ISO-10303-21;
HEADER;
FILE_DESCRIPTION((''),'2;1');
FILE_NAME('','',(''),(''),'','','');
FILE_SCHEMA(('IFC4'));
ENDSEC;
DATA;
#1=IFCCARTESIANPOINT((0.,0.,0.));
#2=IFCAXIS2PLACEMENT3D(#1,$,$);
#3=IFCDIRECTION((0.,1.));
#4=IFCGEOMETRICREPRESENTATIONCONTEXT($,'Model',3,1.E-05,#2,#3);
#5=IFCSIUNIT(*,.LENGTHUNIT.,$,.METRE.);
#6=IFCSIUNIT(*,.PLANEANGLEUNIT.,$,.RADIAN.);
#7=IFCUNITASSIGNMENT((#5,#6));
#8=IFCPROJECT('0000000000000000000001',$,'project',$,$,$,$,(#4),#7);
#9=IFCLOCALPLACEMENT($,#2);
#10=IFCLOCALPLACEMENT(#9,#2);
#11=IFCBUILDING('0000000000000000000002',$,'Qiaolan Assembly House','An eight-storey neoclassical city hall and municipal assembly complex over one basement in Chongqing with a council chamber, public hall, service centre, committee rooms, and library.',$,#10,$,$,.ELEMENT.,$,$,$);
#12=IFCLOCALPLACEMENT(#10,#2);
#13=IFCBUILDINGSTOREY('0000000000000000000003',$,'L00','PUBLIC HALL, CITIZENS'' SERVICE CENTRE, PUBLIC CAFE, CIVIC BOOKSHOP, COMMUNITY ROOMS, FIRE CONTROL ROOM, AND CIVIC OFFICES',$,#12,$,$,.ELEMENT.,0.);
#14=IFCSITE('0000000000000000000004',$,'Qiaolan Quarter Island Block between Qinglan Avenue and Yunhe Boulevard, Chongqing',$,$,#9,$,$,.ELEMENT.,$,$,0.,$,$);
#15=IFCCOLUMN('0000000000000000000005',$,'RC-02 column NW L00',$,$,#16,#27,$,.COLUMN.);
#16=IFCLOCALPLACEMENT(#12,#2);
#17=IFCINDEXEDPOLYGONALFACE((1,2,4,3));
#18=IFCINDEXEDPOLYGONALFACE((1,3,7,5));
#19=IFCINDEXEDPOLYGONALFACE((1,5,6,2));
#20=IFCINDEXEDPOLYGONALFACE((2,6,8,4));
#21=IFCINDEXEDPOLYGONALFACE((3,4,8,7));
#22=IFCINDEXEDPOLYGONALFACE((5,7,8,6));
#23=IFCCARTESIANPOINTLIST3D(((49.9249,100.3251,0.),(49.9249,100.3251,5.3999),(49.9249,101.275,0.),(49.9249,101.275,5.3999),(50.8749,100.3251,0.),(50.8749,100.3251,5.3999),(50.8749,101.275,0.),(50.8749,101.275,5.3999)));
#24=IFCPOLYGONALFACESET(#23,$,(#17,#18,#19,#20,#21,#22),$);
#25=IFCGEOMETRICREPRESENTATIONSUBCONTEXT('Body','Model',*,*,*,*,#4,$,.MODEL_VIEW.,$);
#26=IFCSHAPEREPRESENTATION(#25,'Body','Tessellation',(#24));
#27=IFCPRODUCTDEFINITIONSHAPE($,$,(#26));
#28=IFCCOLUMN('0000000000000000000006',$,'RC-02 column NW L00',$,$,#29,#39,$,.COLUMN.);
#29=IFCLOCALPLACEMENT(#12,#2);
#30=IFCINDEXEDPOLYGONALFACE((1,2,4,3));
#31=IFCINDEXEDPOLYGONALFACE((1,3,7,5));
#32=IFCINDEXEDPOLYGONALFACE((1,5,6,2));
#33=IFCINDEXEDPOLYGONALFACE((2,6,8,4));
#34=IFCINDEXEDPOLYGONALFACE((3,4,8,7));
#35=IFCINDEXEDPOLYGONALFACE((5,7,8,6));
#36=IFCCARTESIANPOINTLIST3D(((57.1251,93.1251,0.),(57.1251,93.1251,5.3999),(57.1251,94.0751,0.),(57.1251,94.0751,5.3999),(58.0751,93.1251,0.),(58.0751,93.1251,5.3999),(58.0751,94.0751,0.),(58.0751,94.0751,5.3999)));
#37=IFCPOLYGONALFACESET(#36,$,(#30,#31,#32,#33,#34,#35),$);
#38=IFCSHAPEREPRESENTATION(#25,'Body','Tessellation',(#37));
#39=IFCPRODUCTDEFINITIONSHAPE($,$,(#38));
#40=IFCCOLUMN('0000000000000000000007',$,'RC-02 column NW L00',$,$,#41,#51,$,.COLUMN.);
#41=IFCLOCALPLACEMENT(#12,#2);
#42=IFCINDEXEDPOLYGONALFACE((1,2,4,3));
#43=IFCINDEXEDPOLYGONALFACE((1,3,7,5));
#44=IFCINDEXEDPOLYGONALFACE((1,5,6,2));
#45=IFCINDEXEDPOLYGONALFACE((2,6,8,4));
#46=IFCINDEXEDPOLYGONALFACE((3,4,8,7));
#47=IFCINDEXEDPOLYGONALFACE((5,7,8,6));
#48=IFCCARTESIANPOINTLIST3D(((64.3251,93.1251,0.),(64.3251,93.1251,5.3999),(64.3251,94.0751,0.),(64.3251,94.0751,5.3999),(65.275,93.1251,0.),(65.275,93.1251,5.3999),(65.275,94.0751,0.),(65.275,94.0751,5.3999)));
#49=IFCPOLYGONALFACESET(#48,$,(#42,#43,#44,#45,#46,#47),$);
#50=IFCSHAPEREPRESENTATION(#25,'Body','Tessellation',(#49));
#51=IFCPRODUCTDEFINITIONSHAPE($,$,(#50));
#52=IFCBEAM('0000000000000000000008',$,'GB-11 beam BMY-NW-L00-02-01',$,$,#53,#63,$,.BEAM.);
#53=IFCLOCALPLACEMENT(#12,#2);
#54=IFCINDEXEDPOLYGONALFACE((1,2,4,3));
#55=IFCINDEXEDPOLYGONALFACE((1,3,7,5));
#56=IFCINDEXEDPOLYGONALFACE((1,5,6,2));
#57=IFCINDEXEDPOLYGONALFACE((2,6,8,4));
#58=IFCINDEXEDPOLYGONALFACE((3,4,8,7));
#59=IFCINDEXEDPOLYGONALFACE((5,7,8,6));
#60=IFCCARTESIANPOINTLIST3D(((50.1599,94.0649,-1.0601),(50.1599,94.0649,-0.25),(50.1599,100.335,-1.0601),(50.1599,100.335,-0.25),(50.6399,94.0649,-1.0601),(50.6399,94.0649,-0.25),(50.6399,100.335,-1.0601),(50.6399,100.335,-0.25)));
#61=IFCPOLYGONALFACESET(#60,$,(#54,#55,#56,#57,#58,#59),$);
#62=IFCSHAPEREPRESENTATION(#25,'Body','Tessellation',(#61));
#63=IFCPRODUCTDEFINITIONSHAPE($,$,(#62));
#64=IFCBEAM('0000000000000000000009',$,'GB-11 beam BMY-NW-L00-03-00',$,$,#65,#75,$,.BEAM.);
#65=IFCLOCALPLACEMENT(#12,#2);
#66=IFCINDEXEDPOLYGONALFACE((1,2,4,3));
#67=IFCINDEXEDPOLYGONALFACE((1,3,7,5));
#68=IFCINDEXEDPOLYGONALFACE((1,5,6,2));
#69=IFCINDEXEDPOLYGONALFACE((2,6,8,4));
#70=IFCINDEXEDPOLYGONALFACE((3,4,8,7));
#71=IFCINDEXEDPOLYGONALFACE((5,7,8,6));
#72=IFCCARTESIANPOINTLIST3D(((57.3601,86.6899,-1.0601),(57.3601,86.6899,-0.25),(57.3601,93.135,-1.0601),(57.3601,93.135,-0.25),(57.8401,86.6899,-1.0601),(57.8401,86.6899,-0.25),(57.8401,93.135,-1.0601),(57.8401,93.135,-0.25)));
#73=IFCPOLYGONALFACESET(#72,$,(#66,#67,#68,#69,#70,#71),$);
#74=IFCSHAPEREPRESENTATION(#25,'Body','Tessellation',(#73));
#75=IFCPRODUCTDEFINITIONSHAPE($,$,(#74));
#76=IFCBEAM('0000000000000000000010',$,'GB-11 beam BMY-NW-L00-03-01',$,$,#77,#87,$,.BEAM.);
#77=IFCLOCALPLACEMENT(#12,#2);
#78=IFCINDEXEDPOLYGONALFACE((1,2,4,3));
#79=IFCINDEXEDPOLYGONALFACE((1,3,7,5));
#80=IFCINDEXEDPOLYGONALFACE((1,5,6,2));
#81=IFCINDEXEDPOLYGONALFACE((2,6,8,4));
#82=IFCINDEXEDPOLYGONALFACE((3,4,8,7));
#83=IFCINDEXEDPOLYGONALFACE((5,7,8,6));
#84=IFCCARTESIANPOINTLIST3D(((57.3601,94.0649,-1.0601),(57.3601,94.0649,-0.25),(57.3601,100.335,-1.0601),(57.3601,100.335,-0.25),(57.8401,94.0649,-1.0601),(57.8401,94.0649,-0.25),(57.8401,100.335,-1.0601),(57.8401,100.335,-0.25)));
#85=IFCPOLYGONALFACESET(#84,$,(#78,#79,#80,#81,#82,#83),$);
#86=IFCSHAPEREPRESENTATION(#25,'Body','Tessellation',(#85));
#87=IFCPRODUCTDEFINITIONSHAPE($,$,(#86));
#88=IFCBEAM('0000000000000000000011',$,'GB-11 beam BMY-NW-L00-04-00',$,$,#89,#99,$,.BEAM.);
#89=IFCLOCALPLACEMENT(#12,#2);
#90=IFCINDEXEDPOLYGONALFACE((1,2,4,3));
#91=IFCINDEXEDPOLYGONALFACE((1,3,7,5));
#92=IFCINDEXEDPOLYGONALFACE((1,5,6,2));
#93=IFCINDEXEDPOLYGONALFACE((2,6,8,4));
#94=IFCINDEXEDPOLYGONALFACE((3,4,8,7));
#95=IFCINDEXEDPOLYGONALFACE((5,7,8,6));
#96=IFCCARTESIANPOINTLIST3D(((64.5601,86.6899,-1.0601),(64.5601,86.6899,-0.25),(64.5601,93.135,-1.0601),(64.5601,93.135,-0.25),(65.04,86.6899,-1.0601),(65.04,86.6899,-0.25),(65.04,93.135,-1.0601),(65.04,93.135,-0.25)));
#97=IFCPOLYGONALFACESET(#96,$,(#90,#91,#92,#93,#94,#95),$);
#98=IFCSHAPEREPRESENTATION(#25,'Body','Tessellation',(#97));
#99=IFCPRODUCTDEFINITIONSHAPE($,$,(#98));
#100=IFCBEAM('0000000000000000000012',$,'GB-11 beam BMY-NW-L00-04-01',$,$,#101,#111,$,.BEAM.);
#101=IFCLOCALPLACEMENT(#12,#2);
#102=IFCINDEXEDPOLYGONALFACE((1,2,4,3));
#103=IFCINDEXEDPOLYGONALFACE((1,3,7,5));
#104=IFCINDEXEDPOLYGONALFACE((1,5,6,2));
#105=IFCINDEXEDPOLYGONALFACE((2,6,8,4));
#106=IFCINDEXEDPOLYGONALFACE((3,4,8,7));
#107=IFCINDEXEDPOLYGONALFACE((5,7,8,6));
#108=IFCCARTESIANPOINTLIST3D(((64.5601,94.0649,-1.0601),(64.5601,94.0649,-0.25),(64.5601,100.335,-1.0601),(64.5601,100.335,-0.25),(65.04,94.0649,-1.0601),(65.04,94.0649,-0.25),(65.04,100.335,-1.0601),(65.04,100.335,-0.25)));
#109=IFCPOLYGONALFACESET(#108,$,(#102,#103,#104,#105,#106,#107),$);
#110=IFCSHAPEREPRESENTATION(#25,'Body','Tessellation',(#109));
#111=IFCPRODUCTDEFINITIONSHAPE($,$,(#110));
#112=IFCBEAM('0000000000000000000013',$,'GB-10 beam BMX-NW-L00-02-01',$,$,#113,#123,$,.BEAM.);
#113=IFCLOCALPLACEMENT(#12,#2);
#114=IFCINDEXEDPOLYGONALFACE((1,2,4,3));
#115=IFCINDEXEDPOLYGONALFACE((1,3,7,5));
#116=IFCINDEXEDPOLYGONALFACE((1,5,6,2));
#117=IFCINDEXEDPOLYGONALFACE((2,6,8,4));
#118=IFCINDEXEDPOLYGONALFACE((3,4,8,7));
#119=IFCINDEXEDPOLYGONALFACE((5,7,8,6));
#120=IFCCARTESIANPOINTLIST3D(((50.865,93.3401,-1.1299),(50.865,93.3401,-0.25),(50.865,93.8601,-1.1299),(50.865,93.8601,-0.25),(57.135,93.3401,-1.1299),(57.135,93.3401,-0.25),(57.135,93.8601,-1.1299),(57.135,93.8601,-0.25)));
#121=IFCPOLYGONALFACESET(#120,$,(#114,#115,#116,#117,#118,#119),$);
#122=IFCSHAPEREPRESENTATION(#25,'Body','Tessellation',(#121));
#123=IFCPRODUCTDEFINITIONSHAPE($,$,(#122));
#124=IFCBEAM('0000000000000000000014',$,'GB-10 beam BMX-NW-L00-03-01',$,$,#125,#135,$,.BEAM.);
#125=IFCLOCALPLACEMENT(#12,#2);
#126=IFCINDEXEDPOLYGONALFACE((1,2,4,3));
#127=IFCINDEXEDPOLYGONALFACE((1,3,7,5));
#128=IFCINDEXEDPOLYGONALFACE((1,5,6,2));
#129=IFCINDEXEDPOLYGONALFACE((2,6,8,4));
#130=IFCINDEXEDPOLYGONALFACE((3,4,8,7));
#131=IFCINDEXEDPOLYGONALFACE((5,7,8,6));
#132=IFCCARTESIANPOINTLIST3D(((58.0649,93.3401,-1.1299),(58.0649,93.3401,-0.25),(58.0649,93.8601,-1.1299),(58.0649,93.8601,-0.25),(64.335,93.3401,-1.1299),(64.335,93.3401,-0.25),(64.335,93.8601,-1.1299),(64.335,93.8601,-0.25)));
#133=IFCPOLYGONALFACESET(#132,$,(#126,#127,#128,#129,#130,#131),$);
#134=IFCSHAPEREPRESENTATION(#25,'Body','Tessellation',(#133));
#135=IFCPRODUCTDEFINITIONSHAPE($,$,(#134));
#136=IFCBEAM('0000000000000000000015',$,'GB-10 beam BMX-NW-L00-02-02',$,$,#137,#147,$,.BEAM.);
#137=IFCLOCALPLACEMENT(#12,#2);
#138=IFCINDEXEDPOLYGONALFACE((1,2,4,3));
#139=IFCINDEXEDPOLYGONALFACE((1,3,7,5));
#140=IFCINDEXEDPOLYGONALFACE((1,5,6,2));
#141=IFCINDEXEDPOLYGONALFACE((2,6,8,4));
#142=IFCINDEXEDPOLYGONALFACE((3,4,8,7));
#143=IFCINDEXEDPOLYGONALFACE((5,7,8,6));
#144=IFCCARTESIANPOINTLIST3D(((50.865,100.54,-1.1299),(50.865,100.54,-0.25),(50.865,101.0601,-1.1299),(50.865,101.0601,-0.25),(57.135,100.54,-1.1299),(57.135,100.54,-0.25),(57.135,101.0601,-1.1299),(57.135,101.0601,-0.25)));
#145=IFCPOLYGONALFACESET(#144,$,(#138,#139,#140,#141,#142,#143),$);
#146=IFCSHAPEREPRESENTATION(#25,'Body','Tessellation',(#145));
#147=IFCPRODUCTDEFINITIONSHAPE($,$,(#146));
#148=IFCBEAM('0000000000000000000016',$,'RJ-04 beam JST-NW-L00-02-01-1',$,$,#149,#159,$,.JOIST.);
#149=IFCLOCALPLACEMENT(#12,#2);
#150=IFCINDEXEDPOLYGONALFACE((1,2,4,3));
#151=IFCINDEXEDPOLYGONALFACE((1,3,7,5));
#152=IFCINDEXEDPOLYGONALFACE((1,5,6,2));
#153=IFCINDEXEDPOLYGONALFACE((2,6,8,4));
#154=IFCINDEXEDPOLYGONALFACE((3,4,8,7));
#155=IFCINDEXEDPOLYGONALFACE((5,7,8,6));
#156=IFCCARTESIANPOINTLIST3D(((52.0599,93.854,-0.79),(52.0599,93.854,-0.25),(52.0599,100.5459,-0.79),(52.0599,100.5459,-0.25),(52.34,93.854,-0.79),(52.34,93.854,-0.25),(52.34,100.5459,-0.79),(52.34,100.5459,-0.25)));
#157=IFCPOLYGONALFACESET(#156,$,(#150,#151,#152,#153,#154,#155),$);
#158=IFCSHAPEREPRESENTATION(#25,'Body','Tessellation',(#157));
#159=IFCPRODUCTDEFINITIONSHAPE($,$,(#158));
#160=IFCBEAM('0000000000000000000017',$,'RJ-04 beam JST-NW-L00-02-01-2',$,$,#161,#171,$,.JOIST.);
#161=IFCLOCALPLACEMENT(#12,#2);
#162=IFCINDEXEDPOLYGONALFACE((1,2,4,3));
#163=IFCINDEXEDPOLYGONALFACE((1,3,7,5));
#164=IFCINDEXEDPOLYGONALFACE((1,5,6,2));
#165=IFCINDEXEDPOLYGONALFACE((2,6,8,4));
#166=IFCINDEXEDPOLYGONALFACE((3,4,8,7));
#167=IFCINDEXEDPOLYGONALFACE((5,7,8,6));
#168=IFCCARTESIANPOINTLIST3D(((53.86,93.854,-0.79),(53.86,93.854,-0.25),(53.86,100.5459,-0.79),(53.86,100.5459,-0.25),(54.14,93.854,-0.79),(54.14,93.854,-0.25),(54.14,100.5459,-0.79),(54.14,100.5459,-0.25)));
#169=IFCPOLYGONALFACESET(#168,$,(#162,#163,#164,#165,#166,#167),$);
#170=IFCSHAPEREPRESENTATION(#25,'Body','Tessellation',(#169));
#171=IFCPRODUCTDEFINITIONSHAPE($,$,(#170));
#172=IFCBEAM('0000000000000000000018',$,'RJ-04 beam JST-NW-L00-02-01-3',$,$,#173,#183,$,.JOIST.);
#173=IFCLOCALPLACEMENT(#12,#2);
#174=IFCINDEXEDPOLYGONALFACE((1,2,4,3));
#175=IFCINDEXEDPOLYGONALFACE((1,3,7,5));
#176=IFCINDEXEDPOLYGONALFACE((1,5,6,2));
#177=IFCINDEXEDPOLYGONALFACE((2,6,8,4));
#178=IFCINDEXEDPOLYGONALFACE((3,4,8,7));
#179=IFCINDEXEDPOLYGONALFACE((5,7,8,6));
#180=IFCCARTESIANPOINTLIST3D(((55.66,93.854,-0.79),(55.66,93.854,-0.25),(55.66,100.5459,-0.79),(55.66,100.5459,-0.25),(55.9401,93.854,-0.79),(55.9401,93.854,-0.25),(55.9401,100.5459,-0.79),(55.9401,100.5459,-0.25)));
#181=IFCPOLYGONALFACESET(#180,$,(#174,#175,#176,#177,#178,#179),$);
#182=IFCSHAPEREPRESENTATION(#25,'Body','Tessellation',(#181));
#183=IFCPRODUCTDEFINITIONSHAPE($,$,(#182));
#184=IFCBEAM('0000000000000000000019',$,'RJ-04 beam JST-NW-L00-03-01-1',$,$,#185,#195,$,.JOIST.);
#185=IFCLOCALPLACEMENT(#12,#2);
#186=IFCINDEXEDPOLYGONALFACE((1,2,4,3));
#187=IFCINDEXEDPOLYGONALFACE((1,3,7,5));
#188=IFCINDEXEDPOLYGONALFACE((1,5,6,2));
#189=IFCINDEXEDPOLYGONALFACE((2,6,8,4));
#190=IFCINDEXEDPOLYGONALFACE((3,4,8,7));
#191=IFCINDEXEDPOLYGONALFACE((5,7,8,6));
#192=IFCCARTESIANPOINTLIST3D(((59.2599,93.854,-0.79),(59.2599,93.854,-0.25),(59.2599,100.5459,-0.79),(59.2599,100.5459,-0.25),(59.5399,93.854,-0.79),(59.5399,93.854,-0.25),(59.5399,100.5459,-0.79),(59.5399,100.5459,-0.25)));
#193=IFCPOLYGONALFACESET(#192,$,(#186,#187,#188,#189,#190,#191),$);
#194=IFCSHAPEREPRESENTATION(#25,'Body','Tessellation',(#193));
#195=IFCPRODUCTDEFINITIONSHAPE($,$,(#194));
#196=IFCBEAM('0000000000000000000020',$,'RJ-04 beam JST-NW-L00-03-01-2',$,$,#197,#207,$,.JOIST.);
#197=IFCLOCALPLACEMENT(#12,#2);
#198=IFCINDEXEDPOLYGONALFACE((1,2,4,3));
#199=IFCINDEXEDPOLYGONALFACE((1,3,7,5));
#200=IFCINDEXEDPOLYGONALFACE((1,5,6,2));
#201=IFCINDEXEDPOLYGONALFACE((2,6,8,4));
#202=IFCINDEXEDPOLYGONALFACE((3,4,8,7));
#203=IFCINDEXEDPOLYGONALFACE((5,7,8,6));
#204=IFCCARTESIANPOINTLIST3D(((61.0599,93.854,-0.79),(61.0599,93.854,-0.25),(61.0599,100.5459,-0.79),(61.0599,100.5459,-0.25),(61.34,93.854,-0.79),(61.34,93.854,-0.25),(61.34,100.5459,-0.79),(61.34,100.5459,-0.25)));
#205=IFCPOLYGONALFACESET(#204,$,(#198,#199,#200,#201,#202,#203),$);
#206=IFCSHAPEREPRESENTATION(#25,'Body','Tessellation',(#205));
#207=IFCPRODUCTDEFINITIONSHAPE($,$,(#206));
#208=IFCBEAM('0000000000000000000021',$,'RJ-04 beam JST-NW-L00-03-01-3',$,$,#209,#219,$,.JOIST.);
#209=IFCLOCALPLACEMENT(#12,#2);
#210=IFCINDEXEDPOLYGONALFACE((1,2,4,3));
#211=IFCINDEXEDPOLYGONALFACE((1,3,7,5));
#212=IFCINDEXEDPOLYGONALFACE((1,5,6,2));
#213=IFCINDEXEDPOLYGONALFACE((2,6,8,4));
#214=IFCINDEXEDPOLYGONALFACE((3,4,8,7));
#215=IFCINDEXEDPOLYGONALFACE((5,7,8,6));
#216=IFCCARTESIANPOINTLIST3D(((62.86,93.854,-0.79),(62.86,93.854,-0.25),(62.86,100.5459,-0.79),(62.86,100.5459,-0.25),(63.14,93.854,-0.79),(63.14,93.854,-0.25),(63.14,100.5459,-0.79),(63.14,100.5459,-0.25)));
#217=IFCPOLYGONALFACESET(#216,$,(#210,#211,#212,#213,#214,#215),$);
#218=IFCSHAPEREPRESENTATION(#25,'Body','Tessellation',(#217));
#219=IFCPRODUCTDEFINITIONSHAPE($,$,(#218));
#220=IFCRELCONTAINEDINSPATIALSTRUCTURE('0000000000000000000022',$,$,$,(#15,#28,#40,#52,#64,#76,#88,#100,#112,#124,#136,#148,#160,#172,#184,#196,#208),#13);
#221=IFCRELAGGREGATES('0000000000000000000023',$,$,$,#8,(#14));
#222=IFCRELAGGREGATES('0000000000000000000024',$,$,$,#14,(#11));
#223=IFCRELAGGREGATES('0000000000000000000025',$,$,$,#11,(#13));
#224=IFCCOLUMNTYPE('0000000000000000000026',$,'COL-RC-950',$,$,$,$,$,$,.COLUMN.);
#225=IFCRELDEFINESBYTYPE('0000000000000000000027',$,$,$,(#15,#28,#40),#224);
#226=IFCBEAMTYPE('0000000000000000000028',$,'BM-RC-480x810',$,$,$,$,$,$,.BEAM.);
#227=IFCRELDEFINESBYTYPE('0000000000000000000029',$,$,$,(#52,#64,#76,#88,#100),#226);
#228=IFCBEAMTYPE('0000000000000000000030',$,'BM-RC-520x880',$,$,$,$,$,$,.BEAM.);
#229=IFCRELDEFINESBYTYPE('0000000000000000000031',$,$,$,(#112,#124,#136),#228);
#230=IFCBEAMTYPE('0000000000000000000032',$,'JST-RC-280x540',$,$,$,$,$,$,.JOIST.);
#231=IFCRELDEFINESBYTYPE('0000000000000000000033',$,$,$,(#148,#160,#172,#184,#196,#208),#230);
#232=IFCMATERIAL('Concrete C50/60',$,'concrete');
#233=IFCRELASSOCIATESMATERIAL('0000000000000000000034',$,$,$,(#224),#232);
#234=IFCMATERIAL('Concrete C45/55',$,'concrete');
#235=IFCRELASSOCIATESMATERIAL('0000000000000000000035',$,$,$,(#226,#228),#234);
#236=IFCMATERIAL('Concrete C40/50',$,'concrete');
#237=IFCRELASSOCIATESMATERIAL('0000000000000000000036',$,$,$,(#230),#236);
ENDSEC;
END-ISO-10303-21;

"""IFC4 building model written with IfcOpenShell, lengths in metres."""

from ifc_helpers import new_model, si_unit, direction, frame, origin, origin_2d, place, context, subcontext, project, spatial, rectangle, extrude, material, material_profile, profile_set, type_object, element, save


model = new_model("IFC4")

# Units and contexts
model_context = context("Model", 3, precision=1e-05, world=origin(), true_north=direction((0.0, 1.0)))
body_context = subcontext(model_context, "Body", "Model", "MODEL_VIEW")
ifc_project = project(units=[si_unit("LENGTHUNIT", "METRE"), si_unit("PLANEANGLEUNIT", "RADIAN")], contexts=[model_context])

# Site, building, storey
site_placement = place(None, origin())
site = spatial("IfcSite", under=ifc_project, at=site_placement, Name="Qiaolan Quarter Island Block between Qinglan Avenue and Yunhe Boulevard, Chongqing", CompositionType="ELEMENT", RefElevation=0.0)
building_placement = place(site_placement, origin())
building = spatial("IfcBuilding", under=site, at=building_placement, Name="Qiaolan Assembly House", Description="An eight-storey neoclassical city hall and municipal assembly complex over one basement in Chongqing with a council chamber, public hall, service centre, committee rooms, and library.", CompositionType="ELEMENT")
storey_placement = place(building_placement, origin())
storey = spatial("IfcBuildingStorey", under=building, at=storey_placement, Name="L00", Description="PUBLIC HALL, CITIZENS' SERVICE CENTRE, PUBLIC CAFE, CIVIC BOOKSHOP, COMMUNITY ROOMS, FIRE CONTROL ROOM, AND CIVIC OFFICES", CompositionType="ELEMENT", Elevation=0.0)

# Columns
ifc_material_1 = material(Name="Concrete C50/60", Category="concrete")
ifc_material_profile_1 = material_profile(ifc_material_1, rectangle(XDim=0.95, YDim=0.95, at=origin_2d()), Name="RC 950x950")
ifc_profile_set_1 = profile_set([ifc_material_profile_1], Name="Concrete C50/60")
column_type = type_object("IfcColumnType", Name="COL-RC-950", PredefinedType="COLUMN", material=ifc_profile_set_1)
for number, where, z_axis, x_axis, name in (
    (1, (50.3999, 100.8, 0.0), (0.0, 0.0, 1.0), (1.0, 0.0, 0.0), "RC-02 column NW L00"),
    (2, (57.6001, 93.6001, 0.0), (0.0, 0.0, 1.0), (1.0, 0.0, 0.0), "RC-02 column NW L00"),
    (3, (64.8, 93.6001, 0.0), (0.0, 0.0, 1.0), (1.0, 0.0, 0.0), "RC-02 column NW L00"),
):
    element("IfcColumn", number, at=place(storey_placement, frame(where, z_axis=z_axis, x_axis=x_axis)), inside=storey, type_object=column_type, Name=name, PredefinedType="COLUMN", context=body_context, shape_type="SweptSolid", body=[
        extrude(rectangle(XDim=0.95, YDim=0.95, at=origin_2d()), origin(), (0.0, 0.0, 1.0), 5.3999),
    ])

# Beams
ifc_material_2 = material(Name="Concrete C45/55", Category="concrete")
ifc_material_profile_2 = material_profile(ifc_material_2, rectangle(XDim=0.48, YDim=0.8101, at=origin_2d()), Name="RCB 480x810")
ifc_profile_set_2 = profile_set([ifc_material_profile_2], Name="Concrete C45/55")
beam_type_1 = type_object("IfcBeamType", Name="BM-RC-480x810", PredefinedType="BEAM", material=ifc_profile_set_2)
beam_1_placement = place(storey_placement, frame((50.3999, 94.0649, -0.655), z_axis=(0.0, 1.0, 0.0), x_axis=(-1.0, 0.0, 0.0)))
element("IfcBeam", 4, at=beam_1_placement, inside=storey, type_object=beam_type_1, Name="GB-11 beam BMY-NW-L00-02-01", PredefinedType="BEAM", context=body_context, shape_type="SweptSolid", body=[
    extrude(rectangle(XDim=0.48, YDim=0.8101, at=origin_2d()), origin(), (0.0, 0.0, 1.0), 6.27),
])
beam_2_placement = place(storey_placement, frame((57.6001, 86.6899, -0.655), z_axis=(0.0, 1.0, 0.0), x_axis=(-1.0, 0.0, 0.0)))
element("IfcBeam", 5, at=beam_2_placement, inside=storey, type_object=beam_type_1, Name="GB-11 beam BMY-NW-L00-03-00", PredefinedType="BEAM", context=body_context, shape_type="SweptSolid", body=[
    extrude(rectangle(XDim=0.48, YDim=0.8101, at=origin_2d()), origin(), (0.0, 0.0, 1.0), 6.4451),
])
beam_3_placement = place(storey_placement, frame((57.6001, 94.0649, -0.655), z_axis=(0.0, 1.0, 0.0), x_axis=(-1.0, 0.0, 0.0)))
element("IfcBeam", 6, at=beam_3_placement, inside=storey, type_object=beam_type_1, Name="GB-11 beam BMY-NW-L00-03-01", PredefinedType="BEAM", context=body_context, shape_type="SweptSolid", body=[
    extrude(rectangle(XDim=0.48, YDim=0.8101, at=origin_2d()), origin(), (0.0, 0.0, 1.0), 6.27),
])
beam_4_placement = place(storey_placement, frame((64.8, 86.6899, -0.655), z_axis=(0.0, 1.0, 0.0), x_axis=(-1.0, 0.0, 0.0)))
element("IfcBeam", 7, at=beam_4_placement, inside=storey, type_object=beam_type_1, Name="GB-11 beam BMY-NW-L00-04-00", PredefinedType="BEAM", context=body_context, shape_type="SweptSolid", body=[
    extrude(rectangle(XDim=0.48, YDim=0.8101, at=origin_2d()), origin(), (0.0, 0.0, 1.0), 6.4451),
])
beam_5_placement = place(storey_placement, frame((64.8, 94.0649, -0.655), z_axis=(0.0, 1.0, 0.0), x_axis=(-1.0, 0.0, 0.0)))
element("IfcBeam", 8, at=beam_5_placement, inside=storey, type_object=beam_type_1, Name="GB-11 beam BMY-NW-L00-04-01", PredefinedType="BEAM", context=body_context, shape_type="SweptSolid", body=[
    extrude(rectangle(XDim=0.48, YDim=0.8101, at=origin_2d()), origin(), (0.0, 0.0, 1.0), 6.27),
])
ifc_material_profile_3 = material_profile(ifc_material_2, rectangle(XDim=0.52, YDim=0.8799, at=origin_2d()), Name="RCB 520x880")
ifc_profile_set_3 = profile_set([ifc_material_profile_3], Name="Concrete C45/55")
beam_type_2 = type_object("IfcBeamType", Name="BM-RC-520x880", PredefinedType="BEAM", material=ifc_profile_set_3)
for number, where, z_axis, x_axis, name in (
    (9, (50.865, 93.6001, -0.6899), (1.0, 0.0, 0.0), (0.0, 1.0, 0.0), "GB-10 beam BMX-NW-L00-02-01"),
    (10, (58.0649, 93.6001, -0.6899), (1.0, 0.0, 0.0), (0.0, 1.0, 0.0), "GB-10 beam BMX-NW-L00-03-01"),
    (11, (50.865, 100.8, -0.6899), (1.0, 0.0, 0.0), (0.0, 1.0, 0.0), "GB-10 beam BMX-NW-L00-02-02"),
):
    element("IfcBeam", number, at=place(storey_placement, frame(where, z_axis=z_axis, x_axis=x_axis)), inside=storey, type_object=beam_type_2, Name=name, PredefinedType="BEAM", context=body_context, shape_type="SweptSolid", body=[
        extrude(rectangle(XDim=0.52, YDim=0.8799, at=origin_2d()), origin(), (0.0, 0.0, 1.0), 6.27),
    ])
ifc_material_3 = material(Name="Concrete C40/50", Category="concrete")
ifc_material_profile_4 = material_profile(ifc_material_3, rectangle(XDim=0.28, YDim=0.54, at=origin_2d()), Name="RCB 280x540")
ifc_profile_set_4 = profile_set([ifc_material_profile_4], Name="Concrete C40/50")
beam_type_3 = type_object("IfcBeamType", Name="JST-RC-280x540", PredefinedType="JOIST", material=ifc_profile_set_4)
for number, where, z_axis, x_axis, name in (
    (12, (52.2, 93.854, -0.52), (0.0, 1.0, 0.0), (-1.0, 0.0, 0.0), "RJ-04 beam JST-NW-L00-02-01-1"),
    (13, (54.0, 93.854, -0.52), (0.0, 1.0, 0.0), (-1.0, 0.0, 0.0), "RJ-04 beam JST-NW-L00-02-01-2"),
    (14, (55.8, 93.854, -0.52), (0.0, 1.0, 0.0), (-1.0, 0.0, 0.0), "RJ-04 beam JST-NW-L00-02-01-3"),
    (15, (59.3999, 93.854, -0.52), (0.0, 1.0, 0.0), (-1.0, 0.0, 0.0), "RJ-04 beam JST-NW-L00-03-01-1"),
    (16, (61.2, 93.854, -0.52), (0.0, 1.0, 0.0), (-1.0, 0.0, 0.0), "RJ-04 beam JST-NW-L00-03-01-2"),
    (17, (63.0, 93.854, -0.52), (0.0, 1.0, 0.0), (-1.0, 0.0, 0.0), "RJ-04 beam JST-NW-L00-03-01-3"),
):
    element("IfcBeam", number, at=place(storey_placement, frame(where, z_axis=z_axis, x_axis=x_axis)), inside=storey, type_object=beam_type_3, Name=name, PredefinedType="JOIST", context=body_context, shape_type="SweptSolid", body=[
        extrude(rectangle(XDim=0.28, YDim=0.54, at=origin_2d()), origin(), (0.0, 0.0, 1.0), 6.6919),
    ])

save(model, "model.ifc")
